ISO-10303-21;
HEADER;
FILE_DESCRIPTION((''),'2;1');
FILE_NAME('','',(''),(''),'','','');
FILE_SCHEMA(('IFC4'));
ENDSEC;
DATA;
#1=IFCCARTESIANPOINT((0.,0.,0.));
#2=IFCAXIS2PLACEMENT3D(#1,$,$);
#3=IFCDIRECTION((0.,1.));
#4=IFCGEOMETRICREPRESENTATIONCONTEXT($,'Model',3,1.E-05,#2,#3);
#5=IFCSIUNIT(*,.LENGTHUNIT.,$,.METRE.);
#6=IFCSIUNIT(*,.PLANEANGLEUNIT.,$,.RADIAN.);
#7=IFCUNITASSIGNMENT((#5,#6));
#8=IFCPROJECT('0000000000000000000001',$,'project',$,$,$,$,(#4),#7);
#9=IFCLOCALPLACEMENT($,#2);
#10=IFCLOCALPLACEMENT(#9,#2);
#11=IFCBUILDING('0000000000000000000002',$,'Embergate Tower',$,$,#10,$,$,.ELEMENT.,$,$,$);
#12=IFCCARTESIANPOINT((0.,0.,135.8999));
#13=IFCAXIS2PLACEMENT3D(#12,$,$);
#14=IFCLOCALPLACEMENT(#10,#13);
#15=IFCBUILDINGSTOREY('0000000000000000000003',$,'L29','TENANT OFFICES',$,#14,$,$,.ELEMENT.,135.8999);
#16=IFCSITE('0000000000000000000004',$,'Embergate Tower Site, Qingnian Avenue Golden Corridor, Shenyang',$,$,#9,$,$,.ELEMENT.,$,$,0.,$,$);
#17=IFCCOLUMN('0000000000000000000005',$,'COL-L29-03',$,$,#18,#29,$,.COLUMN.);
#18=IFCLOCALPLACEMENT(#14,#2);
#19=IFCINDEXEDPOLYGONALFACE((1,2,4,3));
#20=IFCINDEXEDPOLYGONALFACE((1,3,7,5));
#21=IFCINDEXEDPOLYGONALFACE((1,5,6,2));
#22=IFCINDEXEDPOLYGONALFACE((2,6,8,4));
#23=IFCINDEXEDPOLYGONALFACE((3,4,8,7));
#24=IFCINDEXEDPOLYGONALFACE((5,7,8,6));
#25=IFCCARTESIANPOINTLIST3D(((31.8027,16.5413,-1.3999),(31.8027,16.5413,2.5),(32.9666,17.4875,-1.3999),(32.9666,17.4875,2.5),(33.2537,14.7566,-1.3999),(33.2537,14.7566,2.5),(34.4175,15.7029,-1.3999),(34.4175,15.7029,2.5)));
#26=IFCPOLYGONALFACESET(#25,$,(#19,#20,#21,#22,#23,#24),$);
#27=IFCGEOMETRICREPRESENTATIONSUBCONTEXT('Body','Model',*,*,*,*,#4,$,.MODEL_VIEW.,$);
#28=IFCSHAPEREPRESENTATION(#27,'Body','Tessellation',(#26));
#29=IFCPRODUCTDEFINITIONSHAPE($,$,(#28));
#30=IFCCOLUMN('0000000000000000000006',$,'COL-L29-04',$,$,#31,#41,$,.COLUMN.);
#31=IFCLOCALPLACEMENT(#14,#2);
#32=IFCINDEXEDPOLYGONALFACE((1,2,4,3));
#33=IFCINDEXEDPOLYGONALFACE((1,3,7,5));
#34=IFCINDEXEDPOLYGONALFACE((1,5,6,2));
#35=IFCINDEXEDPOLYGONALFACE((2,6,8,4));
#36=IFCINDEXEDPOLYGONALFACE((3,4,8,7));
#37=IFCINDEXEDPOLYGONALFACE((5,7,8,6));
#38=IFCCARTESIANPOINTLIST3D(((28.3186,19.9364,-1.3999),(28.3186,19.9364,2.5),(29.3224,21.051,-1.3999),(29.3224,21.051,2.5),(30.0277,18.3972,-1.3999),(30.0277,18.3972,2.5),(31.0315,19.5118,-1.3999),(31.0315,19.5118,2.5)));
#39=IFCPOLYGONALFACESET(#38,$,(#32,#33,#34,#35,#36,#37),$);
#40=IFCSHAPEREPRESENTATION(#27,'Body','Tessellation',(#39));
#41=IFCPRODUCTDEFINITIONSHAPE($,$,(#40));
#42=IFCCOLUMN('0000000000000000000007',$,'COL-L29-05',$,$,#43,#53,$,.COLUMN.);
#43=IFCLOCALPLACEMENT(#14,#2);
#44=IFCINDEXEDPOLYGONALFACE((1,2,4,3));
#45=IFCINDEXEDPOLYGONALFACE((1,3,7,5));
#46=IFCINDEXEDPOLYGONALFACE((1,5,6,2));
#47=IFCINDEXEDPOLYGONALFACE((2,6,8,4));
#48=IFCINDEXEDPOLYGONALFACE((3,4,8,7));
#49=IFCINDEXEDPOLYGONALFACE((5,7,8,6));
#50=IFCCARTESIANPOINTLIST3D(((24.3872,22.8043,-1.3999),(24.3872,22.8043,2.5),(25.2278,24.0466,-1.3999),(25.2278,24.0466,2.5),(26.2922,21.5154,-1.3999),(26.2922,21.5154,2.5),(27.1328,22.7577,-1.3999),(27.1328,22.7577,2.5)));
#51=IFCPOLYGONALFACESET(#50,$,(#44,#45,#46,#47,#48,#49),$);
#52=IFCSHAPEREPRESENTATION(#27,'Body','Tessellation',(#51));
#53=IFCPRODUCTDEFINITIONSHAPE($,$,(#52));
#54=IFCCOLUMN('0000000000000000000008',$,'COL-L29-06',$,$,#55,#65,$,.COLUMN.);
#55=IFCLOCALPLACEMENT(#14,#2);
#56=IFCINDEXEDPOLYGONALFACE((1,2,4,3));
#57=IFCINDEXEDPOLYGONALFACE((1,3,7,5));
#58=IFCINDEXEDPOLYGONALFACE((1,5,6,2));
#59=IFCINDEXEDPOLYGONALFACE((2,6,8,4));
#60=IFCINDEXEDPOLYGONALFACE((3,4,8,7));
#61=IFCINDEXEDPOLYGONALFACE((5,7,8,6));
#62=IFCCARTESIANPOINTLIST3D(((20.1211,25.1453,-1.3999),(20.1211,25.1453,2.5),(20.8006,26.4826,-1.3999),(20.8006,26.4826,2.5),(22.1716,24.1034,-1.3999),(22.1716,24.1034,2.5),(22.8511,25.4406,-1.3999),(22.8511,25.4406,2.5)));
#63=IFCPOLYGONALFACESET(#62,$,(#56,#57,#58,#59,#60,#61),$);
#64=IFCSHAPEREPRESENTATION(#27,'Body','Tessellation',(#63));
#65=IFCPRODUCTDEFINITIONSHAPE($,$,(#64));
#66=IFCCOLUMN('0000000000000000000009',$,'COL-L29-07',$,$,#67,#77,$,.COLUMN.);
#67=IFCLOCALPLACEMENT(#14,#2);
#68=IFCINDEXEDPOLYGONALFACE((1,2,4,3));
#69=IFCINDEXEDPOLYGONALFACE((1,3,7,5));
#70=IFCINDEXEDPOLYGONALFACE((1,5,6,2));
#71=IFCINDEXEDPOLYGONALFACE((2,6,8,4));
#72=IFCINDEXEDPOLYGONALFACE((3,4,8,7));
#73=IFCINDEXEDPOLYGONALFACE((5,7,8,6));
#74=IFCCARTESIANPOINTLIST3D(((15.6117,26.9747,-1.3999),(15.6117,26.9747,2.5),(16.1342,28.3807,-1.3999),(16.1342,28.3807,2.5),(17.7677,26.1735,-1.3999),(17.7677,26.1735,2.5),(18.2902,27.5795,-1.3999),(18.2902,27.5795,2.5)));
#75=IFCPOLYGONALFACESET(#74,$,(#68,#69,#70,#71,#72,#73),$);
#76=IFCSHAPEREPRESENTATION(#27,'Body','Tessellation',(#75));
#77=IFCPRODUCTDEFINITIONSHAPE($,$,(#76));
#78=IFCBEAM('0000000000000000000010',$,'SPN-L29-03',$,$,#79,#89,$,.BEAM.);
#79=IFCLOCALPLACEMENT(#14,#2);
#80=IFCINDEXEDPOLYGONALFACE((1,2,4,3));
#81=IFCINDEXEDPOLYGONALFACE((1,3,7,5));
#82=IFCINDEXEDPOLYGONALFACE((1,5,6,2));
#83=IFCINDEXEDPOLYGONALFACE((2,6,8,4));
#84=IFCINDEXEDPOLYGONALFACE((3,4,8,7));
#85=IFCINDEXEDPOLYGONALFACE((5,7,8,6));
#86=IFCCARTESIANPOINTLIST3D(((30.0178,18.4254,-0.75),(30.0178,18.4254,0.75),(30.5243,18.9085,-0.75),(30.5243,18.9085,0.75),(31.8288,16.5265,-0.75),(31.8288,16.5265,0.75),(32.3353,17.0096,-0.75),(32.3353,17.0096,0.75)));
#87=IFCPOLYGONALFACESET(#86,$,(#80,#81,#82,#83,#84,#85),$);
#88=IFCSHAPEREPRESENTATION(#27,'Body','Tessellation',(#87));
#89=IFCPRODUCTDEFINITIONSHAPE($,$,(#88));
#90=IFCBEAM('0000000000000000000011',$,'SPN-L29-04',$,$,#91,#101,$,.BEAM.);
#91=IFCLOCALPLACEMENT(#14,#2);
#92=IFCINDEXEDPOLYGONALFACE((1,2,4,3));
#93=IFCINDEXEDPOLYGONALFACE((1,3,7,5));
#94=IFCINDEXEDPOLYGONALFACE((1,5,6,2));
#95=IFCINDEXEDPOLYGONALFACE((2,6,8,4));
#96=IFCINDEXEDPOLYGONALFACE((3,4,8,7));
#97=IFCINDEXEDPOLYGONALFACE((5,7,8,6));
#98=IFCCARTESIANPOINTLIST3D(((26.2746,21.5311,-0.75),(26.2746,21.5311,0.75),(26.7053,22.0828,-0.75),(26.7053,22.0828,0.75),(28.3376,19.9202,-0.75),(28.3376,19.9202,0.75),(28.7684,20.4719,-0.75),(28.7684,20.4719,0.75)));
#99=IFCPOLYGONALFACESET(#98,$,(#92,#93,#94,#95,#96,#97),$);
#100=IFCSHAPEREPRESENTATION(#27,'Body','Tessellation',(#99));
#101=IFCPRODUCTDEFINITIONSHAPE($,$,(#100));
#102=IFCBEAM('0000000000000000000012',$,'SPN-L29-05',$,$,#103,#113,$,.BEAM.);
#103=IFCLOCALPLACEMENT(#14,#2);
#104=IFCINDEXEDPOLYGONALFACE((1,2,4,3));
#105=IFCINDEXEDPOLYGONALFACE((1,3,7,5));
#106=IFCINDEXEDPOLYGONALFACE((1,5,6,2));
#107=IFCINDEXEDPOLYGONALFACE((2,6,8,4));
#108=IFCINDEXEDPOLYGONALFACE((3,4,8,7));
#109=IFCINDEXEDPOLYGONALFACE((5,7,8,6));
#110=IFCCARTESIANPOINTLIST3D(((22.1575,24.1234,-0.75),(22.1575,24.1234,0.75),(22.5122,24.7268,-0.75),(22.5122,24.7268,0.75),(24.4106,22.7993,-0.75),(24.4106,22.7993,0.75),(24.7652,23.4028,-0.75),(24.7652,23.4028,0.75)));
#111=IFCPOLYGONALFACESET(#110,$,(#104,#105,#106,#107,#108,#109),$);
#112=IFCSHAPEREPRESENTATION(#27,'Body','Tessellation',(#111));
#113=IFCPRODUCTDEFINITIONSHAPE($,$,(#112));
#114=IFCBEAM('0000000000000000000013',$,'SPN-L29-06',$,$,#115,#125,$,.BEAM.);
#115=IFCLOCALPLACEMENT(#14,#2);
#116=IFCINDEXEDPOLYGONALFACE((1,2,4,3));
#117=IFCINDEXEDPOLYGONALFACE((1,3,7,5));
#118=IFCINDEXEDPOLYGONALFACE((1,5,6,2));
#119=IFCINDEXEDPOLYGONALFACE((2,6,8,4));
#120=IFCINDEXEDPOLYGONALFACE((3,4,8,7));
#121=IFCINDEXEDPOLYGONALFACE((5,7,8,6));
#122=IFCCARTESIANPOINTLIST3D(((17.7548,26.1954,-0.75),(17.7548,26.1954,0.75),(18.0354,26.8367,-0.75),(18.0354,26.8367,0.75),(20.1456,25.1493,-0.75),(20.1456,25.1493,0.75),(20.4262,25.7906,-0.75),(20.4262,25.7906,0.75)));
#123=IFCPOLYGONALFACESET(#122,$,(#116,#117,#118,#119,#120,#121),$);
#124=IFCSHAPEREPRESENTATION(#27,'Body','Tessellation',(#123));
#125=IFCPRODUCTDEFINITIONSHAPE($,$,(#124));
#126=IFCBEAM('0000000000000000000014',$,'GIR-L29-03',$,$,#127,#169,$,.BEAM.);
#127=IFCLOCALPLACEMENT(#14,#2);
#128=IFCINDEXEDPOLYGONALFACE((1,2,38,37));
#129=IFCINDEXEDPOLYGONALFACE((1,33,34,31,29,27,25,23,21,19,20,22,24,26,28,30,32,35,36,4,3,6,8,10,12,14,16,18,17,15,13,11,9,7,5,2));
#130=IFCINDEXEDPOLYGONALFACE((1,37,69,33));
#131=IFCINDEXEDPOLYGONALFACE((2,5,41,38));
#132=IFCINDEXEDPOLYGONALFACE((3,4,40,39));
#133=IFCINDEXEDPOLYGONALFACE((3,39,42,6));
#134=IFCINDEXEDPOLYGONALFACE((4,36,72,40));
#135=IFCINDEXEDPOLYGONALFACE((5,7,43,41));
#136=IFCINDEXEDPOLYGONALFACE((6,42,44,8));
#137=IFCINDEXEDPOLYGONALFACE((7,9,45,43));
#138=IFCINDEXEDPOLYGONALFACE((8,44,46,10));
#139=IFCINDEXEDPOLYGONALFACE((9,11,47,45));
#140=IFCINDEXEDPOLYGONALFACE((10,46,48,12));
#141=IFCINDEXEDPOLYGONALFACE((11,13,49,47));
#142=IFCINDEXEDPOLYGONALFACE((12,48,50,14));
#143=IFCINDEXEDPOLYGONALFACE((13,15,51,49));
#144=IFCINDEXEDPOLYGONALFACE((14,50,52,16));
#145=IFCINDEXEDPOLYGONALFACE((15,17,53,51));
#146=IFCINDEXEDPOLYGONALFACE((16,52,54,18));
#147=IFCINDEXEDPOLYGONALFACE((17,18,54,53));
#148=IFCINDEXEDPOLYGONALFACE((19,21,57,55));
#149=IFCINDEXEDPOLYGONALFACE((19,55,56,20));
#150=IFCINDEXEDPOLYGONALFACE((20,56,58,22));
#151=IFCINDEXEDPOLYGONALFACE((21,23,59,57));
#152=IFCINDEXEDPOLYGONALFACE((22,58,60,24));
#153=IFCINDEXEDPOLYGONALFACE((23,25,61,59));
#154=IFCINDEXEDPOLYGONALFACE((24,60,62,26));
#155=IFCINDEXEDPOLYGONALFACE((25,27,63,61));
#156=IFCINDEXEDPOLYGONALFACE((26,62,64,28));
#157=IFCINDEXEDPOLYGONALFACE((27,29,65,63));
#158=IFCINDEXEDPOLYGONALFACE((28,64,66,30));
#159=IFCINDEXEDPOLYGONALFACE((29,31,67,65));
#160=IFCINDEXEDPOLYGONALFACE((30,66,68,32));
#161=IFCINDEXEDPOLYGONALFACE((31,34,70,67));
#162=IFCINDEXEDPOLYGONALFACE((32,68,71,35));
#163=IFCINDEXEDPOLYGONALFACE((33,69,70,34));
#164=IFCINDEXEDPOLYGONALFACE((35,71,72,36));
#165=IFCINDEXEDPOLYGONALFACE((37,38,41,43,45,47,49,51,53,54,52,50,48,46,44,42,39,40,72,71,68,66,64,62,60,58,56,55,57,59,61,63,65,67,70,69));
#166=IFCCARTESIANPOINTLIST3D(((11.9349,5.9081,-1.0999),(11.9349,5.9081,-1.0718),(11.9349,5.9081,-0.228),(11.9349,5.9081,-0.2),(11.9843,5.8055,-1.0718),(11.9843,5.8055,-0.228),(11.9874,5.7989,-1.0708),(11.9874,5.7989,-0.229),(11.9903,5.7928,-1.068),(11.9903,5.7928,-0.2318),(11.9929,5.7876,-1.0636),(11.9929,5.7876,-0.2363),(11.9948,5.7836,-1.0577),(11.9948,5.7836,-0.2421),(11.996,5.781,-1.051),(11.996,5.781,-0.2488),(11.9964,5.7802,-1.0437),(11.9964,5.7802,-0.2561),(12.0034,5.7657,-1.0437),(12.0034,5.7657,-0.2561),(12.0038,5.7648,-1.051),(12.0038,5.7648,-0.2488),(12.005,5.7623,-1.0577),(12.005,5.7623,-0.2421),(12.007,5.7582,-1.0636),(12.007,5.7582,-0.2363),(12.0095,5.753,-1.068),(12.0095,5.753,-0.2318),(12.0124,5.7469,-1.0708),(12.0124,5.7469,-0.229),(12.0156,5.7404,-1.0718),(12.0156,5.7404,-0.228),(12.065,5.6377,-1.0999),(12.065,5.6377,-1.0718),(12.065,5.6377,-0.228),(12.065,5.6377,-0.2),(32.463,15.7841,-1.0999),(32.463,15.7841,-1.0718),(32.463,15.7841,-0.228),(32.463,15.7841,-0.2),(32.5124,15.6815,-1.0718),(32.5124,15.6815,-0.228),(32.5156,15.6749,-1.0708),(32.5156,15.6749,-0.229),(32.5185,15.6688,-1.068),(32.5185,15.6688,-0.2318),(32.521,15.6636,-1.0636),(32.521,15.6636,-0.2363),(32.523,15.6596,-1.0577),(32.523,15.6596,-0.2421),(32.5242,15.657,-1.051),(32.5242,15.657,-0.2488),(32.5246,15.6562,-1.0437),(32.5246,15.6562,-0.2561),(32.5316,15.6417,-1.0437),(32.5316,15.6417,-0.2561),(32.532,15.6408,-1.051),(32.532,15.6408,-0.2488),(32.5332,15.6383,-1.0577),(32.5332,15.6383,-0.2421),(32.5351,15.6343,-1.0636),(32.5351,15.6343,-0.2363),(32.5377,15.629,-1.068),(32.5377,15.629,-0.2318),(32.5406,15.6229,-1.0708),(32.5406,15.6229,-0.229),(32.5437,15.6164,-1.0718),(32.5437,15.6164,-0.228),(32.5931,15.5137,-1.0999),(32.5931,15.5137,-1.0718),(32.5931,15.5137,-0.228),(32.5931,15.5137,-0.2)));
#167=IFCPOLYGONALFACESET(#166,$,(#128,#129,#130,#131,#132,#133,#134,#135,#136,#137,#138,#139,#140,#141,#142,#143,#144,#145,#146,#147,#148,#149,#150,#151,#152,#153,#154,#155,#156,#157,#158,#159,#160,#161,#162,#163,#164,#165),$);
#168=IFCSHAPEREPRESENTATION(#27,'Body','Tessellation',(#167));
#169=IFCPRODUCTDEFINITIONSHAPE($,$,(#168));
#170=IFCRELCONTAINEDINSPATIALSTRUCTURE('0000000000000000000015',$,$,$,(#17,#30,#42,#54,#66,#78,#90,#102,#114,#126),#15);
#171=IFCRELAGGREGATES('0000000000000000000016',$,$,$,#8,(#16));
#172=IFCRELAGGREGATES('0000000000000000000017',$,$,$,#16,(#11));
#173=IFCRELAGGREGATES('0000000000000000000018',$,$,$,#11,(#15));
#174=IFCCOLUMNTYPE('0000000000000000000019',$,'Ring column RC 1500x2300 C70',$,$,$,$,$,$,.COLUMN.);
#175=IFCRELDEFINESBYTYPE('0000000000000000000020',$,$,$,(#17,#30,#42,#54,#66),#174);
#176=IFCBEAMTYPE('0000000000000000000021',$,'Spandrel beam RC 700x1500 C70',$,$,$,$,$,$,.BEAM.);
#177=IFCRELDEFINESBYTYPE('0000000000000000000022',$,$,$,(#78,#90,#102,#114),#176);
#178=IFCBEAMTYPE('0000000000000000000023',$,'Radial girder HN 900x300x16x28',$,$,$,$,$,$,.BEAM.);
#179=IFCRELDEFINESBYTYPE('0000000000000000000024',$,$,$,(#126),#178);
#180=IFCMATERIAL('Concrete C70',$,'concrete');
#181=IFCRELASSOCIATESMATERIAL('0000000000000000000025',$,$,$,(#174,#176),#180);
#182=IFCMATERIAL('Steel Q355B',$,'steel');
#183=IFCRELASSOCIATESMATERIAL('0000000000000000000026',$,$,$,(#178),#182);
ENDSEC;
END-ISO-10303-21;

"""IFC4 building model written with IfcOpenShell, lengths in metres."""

from ifc_helpers import new_model, si_unit, direction, frame, origin, origin_2d, place, context, subcontext, project, spatial, rectangle, i_section, extrude, source, transform, mapped, material, material_profile, profile_set, type_object, element, save


model = new_model("IFC4")

# Units and contexts
model_context = context("Model", 3, precision=1e-05, world=origin(), true_north=direction((0.0, 1.0)))
body_context = subcontext(model_context, "Body", "Model", "MODEL_VIEW")
ifc_project = project(units=[si_unit("LENGTHUNIT", "METRE"), si_unit("PLANEANGLEUNIT", "RADIAN")], contexts=[model_context])

# Site, building, storey
site_placement = place(None, origin())
site = spatial("IfcSite", under=ifc_project, at=site_placement, Name="Embergate Tower Site, Qingnian Avenue Golden Corridor, Shenyang", CompositionType="ELEMENT", RefElevation=0.0)
building_placement = place(site_placement, origin())
building = spatial("IfcBuilding", under=site, at=building_placement, Name="Embergate Tower", CompositionType="ELEMENT")
storey_placement = place(building_placement, frame((0.0, 0.0, 135.8999)))
storey = spatial("IfcBuildingStorey", under=building, at=storey_placement, Name="L29", Description="TENANT OFFICES", CompositionType="ELEMENT", Elevation=135.8999)

# Columns
ifc_material_1 = material(Name="Concrete C70", Category="concrete")
ifc_material_profile_1 = material_profile(ifc_material_1, rectangle(XDim=1.5, YDim=2.3, at=origin_2d()), Name="RC 1500x2300")
ifc_profile_set_1 = profile_set([ifc_material_profile_1], Name="Concrete C70")
column_type = type_object("IfcColumnType", Name="Ring column RC 1500x2300 C70", PredefinedType="COLUMN", material=ifc_profile_set_1)
shared_shape_1 = source(origin(), body_context, "Body", "SweptSolid", [
    extrude(rectangle(XDim=1.5, YDim=2.3, at=origin_2d()), origin(), (0.0, 0.0, 1.0), 3.8999),
])
for number, where, z_axis, x_axis, name in (
    (1, (33.1101, 16.1221, -1.3999), (0.0, 0.0, 1.0), (0.775914, 0.630838, 0.0), "COL-L29-03"),
    (2, (29.675, 19.7241, -1.3999), (0.0, 0.0, 1.0), (0.669208, 0.743075, 0.0), "COL-L29-04"),
    (3, (25.76, 22.781, -1.3999), (0.0, 0.0, 1.0), (0.560393, 0.828227, 0.0), "COL-L29-05"),
    (4, (21.4861, 25.293, -1.3999), (0.0, 0.0, 1.0), (0.452995, 0.891513, 0.0), "COL-L29-06"),
    (5, (16.9509, 27.2771, -1.3999), (0.0, 0.0, 1.0), (0.348343, 0.937367, 0.0), "COL-L29-07"),
):
    element("IfcColumn", number, at=place(storey_placement, frame(where, z_axis=z_axis, x_axis=x_axis)), inside=storey, type_object=column_type, Name=name, PredefinedType="COLUMN", context=body_context, shape_type="MappedRepresentation", body=[
        mapped(shared_shape_1, transform((0.0, 0.0, 0.0))),
    ])

# Beams
ifc_material_profile_2 = material_profile(ifc_material_1, rectangle(XDim=0.7, YDim=1.5, at=origin_2d()), Name="RC 700x1500")
ifc_profile_set_2 = profile_set([ifc_material_profile_2], Name="Concrete C70")
beam_type_1 = type_object("IfcBeamType", Name="Spandrel beam RC 700x1500 C70", PredefinedType="BEAM", material=ifc_profile_set_2)
shared_shape_2 = source(origin(), body_context, "Body", "SweptSolid", [
    extrude(rectangle(XDim=0.7, YDim=1.5, at=origin_2d()), origin(), (0.0, 0.0, 1.0), 2.624),
])
beam_1_placement = place(storey_placement, frame((32.082, 16.7681, 0.0), z_axis=(-0.690161, 0.723655, 0.0), x_axis=(-0.723655, -0.690161, 0.0)))
element("IfcBeam", 6, at=beam_1_placement, inside=storey, type_object=beam_type_1, Name="SPN-L29-03", PredefinedType="BEAM", context=body_context, shape_type="MappedRepresentation", body=[
    mapped(shared_shape_2, transform((0.0, 0.0, 0.0))),
])
shared_shape_3 = source(origin(), body_context, "Body", "SweptSolid", [
    extrude(rectangle(XDim=0.7, YDim=1.5, at=origin_2d()), origin(), (0.0, 0.0, 1.0), 2.6174),
])
beam_2_placement = place(storey_placement, frame((28.553, 20.196, 0.0), z_axis=(-0.788186, 0.615438, 0.0), x_axis=(-0.615438, -0.788186, 0.0)))
element("IfcBeam", 7, at=beam_2_placement, inside=storey, type_object=beam_type_1, Name="SPN-L29-04", PredefinedType="BEAM", context=body_context, shape_type="MappedRepresentation", body=[
    mapped(shared_shape_3, transform((0.0, 0.0, 0.0))),
])
shared_shape_4 = source(origin(), body_context, "Body", "SweptSolid", [
    extrude(rectangle(XDim=0.7, YDim=1.5, at=origin_2d()), origin(), (0.0, 0.0, 1.0), 2.6133),
])
beam_3_placement = place(storey_placement, frame((24.5879, 23.1011, 0.0), z_axis=(-0.862148, 0.506657, 0.0), x_axis=(-0.506657, -0.862148, 0.0)))
element("IfcBeam", 8, at=beam_3_placement, inside=storey, type_object=beam_type_1, Name="SPN-L29-05", PredefinedType="BEAM", context=body_context, shape_type="MappedRepresentation", body=[
    mapped(shared_shape_4, transform((0.0, 0.0, 0.0))),
])
shared_shape_5 = source(origin(), body_context, "Body", "SweptSolid", [
    extrude(rectangle(XDim=0.7, YDim=1.5, at=origin_2d()), origin(), (0.0, 0.0, 1.0), 2.6096),
])
beam_4_placement = place(storey_placement, frame((20.2859, 25.47, 0.0), z_axis=(-0.916138, 0.400863, 0.0), x_axis=(-0.400863, -0.916138, 0.0)))
element("IfcBeam", 9, at=beam_4_placement, inside=storey, type_object=beam_type_1, Name="SPN-L29-06", PredefinedType="BEAM", context=body_context, shape_type="MappedRepresentation", body=[
    mapped(shared_shape_5, transform((0.0, 0.0, 0.0))),
])
ifc_material_2 = material(Name="Steel Q355B", Category="steel")
ifc_material_profile_3 = material_profile(ifc_material_2, i_section(OverallWidth=0.3, OverallDepth=0.8999, WebThickness=0.0161, FlangeThickness=0.0281, FilletRadius=0.0281, at=origin_2d()), Name="HN 900x300x16x28")
ifc_profile_set_3 = profile_set([ifc_material_profile_3], Name="Steel Q355 grade B")
beam_type_2 = type_object("IfcBeamType", Name="Radial girder HN 900x300x16x28", PredefinedType="BEAM", material=ifc_profile_set_3)
shared_shape_6 = source(origin(), body_context, "Body", "SweptSolid", [
    extrude(i_section(OverallWidth=0.3, OverallDepth=0.8999, WebThickness=0.0161, FlangeThickness=0.0281, FilletRadius=0.0281, at=origin_2d()), origin(), (0.0, 0.0, 1.0), 22.7803),
])
beam_5_placement = place(storey_placement, frame((32.5281, 15.6489, -0.6499), z_axis=(-0.901137, -0.433534, 0.0), x_axis=(0.433534, -0.901137, 0.0)))
element("IfcBeam", 10, at=beam_5_placement, inside=storey, type_object=beam_type_2, Name="GIR-L29-03", PredefinedType="BEAM", context=body_context, shape_type="MappedRepresentation", body=[
    mapped(shared_shape_6, transform((0.0, 0.0, 0.0))),
])

save(model, "model.ifc")
